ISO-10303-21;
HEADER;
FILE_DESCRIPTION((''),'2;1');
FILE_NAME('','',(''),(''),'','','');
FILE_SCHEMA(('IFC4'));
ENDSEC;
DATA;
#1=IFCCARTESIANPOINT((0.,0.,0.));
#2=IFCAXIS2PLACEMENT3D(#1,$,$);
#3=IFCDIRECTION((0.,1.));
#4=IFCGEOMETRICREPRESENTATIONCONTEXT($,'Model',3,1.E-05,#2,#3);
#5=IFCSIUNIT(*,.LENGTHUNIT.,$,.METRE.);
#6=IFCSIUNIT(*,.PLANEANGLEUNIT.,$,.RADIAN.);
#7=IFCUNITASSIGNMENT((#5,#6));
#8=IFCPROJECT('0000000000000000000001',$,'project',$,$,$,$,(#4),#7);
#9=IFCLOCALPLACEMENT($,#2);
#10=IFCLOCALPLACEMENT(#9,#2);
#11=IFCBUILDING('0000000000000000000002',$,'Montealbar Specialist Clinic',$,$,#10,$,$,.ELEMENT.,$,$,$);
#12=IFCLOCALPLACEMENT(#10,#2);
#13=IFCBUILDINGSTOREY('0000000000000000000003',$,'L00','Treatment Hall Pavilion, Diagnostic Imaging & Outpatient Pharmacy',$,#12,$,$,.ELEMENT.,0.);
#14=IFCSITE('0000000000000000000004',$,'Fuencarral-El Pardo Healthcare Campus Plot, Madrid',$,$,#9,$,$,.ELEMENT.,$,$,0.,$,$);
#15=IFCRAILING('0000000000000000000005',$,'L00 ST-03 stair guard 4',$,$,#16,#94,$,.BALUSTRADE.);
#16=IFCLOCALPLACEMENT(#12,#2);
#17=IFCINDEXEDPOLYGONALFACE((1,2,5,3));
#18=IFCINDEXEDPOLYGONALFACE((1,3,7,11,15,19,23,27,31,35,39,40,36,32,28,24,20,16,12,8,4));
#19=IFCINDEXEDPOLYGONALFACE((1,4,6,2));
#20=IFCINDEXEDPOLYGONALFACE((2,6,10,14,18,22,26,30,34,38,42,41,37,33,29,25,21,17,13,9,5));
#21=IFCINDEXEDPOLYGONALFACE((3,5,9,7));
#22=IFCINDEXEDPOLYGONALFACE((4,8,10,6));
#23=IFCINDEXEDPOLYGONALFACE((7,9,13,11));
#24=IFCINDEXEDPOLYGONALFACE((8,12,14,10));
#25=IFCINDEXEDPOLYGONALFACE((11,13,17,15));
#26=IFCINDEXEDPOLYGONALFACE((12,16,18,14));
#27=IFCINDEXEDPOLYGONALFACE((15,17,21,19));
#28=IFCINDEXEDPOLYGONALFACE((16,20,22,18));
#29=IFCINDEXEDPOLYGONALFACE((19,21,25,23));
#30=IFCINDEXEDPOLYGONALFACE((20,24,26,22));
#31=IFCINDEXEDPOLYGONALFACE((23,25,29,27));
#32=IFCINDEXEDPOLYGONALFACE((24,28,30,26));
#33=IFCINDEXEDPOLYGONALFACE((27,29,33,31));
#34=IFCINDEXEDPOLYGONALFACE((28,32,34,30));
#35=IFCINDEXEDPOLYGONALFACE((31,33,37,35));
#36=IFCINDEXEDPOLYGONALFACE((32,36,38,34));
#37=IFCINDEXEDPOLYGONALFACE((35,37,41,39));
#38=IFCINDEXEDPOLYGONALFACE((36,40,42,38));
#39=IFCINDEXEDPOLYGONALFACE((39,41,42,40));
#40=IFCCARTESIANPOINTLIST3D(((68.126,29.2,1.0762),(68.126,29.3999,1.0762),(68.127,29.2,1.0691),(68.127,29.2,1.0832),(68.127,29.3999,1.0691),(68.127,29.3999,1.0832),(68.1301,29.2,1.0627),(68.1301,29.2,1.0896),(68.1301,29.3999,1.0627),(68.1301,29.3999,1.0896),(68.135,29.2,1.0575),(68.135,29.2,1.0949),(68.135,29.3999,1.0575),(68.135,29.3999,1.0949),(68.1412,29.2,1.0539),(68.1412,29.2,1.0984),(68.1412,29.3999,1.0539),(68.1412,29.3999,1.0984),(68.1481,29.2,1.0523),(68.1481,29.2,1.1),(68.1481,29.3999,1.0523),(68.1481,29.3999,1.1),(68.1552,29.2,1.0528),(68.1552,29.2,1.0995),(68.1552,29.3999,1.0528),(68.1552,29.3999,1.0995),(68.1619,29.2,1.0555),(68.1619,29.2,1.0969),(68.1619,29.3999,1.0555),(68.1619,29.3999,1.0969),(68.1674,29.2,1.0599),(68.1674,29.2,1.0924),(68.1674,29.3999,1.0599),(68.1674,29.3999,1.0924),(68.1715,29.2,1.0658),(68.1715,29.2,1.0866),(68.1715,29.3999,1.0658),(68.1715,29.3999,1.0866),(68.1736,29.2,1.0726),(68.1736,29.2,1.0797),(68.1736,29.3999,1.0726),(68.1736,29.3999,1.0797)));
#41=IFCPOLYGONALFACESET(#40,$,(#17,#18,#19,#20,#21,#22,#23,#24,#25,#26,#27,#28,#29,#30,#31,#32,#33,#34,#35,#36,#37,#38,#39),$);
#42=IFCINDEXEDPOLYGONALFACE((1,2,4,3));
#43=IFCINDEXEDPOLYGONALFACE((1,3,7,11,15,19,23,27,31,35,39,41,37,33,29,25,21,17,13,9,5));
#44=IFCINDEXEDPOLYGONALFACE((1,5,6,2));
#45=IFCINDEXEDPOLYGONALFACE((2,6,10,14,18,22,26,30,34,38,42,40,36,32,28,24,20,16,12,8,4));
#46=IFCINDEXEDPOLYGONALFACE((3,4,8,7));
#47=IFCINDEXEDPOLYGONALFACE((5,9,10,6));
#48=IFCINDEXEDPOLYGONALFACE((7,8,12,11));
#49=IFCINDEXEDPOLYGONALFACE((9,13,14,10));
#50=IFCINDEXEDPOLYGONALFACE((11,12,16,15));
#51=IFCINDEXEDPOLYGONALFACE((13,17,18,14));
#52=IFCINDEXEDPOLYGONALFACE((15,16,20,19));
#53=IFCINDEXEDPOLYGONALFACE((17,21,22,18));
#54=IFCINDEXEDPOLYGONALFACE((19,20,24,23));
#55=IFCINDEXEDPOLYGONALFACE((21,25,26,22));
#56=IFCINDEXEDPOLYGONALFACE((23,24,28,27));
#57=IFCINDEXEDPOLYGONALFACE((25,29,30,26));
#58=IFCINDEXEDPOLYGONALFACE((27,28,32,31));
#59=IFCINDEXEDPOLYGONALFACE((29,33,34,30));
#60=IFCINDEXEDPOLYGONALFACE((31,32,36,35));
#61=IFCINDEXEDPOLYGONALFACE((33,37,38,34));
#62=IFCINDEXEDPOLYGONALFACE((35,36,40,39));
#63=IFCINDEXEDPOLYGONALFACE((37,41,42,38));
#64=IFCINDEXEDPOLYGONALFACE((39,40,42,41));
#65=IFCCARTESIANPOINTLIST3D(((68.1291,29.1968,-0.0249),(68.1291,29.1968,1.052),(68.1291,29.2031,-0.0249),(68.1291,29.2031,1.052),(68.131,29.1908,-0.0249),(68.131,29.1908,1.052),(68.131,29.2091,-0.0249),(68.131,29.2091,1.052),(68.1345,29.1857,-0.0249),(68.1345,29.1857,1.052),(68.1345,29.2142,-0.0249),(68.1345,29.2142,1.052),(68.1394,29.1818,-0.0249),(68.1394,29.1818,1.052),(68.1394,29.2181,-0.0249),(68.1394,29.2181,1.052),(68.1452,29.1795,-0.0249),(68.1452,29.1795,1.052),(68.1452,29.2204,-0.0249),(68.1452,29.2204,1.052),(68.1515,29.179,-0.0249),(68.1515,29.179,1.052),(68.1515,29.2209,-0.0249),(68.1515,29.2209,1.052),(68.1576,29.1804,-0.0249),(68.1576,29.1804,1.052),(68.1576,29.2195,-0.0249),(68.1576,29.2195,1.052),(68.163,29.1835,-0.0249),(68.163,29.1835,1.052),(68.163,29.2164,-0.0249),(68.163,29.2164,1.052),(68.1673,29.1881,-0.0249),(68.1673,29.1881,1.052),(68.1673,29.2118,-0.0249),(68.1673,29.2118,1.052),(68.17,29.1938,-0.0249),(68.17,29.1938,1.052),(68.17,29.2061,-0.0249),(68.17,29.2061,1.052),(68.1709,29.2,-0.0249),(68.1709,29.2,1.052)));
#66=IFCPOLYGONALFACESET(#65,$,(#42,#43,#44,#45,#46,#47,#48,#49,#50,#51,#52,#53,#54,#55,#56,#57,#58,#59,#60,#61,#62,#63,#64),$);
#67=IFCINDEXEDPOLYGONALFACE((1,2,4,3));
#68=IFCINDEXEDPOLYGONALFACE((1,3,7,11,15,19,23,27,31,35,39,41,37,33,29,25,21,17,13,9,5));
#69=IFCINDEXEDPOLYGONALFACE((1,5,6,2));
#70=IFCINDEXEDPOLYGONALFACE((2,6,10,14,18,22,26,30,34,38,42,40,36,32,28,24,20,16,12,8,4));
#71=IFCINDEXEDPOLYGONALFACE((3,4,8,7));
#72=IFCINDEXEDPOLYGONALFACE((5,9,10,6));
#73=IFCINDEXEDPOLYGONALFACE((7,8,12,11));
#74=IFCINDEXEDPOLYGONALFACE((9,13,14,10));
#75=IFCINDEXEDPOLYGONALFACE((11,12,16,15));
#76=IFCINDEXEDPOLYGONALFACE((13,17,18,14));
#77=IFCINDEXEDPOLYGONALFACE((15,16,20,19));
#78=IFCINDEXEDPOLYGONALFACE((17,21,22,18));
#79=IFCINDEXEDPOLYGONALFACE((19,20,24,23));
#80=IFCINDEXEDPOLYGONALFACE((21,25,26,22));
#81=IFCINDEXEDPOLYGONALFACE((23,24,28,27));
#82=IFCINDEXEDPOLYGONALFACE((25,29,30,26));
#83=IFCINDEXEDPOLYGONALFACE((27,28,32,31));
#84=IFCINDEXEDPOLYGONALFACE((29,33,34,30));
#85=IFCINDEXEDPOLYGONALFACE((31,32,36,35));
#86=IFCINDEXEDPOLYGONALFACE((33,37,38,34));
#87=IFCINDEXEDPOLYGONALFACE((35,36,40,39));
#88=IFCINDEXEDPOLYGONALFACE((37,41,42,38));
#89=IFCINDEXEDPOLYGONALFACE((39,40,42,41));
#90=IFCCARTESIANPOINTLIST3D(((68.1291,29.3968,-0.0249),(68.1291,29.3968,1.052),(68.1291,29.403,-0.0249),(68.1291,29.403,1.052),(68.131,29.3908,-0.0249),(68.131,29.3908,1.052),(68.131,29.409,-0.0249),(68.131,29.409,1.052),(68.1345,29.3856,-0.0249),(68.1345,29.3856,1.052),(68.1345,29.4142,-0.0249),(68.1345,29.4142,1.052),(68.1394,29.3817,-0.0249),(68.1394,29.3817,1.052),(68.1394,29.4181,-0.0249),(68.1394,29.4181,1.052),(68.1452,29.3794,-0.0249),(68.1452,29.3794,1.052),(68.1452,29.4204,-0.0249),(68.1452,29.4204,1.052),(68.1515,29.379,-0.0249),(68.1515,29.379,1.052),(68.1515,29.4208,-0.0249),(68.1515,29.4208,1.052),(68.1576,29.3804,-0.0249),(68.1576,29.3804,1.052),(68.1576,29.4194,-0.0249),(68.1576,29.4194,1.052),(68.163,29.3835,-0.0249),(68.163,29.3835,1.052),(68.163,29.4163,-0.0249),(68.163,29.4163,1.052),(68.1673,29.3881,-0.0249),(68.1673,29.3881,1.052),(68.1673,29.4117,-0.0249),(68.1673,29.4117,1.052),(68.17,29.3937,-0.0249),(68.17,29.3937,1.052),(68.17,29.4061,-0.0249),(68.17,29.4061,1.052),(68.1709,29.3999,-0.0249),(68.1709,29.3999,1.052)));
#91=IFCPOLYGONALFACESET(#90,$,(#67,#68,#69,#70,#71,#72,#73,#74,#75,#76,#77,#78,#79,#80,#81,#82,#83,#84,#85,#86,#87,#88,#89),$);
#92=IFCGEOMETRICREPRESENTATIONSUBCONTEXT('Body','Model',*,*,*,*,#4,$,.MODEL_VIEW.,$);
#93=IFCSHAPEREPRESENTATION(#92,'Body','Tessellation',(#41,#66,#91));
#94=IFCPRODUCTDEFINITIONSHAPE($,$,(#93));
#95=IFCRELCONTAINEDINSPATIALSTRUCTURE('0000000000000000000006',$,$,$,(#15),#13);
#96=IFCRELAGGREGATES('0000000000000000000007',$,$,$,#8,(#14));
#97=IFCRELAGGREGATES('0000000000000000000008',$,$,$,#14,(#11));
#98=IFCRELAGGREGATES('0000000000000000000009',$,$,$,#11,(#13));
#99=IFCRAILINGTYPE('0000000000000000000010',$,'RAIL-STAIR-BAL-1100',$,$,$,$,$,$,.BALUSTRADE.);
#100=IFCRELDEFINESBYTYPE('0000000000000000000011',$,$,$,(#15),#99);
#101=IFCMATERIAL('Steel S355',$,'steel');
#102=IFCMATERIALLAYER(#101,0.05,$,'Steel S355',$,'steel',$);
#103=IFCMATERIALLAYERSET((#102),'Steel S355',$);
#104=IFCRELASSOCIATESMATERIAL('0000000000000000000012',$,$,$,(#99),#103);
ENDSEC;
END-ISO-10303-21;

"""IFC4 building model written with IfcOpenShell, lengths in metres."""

from ifc_helpers import new_model, si_unit, direction, frame, origin, origin_2d, place, context, subcontext, project, spatial, circle, extrude, material, layer, layer_set, type_object, element, save


model = new_model("IFC4")

# Units and contexts
model_context = context("Model", 3, precision=1e-05, world=origin(), true_north=direction((0.0, 1.0)))
body_context = subcontext(model_context, "Body", "Model", "MODEL_VIEW")
ifc_project = project(units=[si_unit("LENGTHUNIT", "METRE"), si_unit("PLANEANGLEUNIT", "RADIAN")], contexts=[model_context])

# Site, building, storey
site_placement = place(None, origin())
site = spatial("IfcSite", under=ifc_project, at=site_placement, Name="Fuencarral-El Pardo Healthcare Campus Plot, Madrid", CompositionType="ELEMENT", RefElevation=0.0)
building_placement = place(site_placement, origin())
building = spatial("IfcBuilding", under=site, at=building_placement, Name="Montealbar Specialist Clinic", CompositionType="ELEMENT")
storey_placement = place(building_placement, origin())
storey = spatial("IfcBuildingStorey", under=building, at=storey_placement, Name="L00", Description="Treatment Hall Pavilion, Diagnostic Imaging & Outpatient Pharmacy", CompositionType="ELEMENT", Elevation=0.0)

# Shared definitions
ifc_material_1 = material(Name="Steel S355", Category="steel")

# Railing
ifc_layer_1 = layer(ifc_material_1, 0.05, Name="Steel S355", Category="steel")
ifc_layer_set_1 = layer_set([ifc_layer_1], Name="Steel S355")
railing_type_1 = type_object("IfcRailingType", Name="RAIL-STAIR-BAL-1100", PredefinedType="BALUSTRADE", material=ifc_layer_set_1)
railing_1_placement = place(storey_placement, frame((68.1499, 29.2, 0.0)))
element("IfcRailing", 1, at=railing_1_placement, inside=storey, type_object=railing_type_1, Name="L00 ST-03 stair guard 4", PredefinedType="BALUSTRADE", context=body_context, shape_type="SweptSolid", body=[
    extrude(circle(Radius=0.0239, at=origin_2d()), frame((0.0, 0.0, 1.0762), z_axis=(0.0, 1.0, 0.0), x_axis=(-1.0, 0.0, 0.0)), (0.0, 0.0, 1.0), 0.2),
    extrude(circle(Radius=0.021, at=origin_2d()), frame((0.0, 0.0, -0.0249)), (0.0, 0.0, 1.0), 1.0769),
    extrude(circle(Radius=0.021, at=origin_2d()), frame((0.0, 0.2, -0.0249)), (0.0, 0.0, 1.0), 1.0769),
])

save(model, "model.ifc")
